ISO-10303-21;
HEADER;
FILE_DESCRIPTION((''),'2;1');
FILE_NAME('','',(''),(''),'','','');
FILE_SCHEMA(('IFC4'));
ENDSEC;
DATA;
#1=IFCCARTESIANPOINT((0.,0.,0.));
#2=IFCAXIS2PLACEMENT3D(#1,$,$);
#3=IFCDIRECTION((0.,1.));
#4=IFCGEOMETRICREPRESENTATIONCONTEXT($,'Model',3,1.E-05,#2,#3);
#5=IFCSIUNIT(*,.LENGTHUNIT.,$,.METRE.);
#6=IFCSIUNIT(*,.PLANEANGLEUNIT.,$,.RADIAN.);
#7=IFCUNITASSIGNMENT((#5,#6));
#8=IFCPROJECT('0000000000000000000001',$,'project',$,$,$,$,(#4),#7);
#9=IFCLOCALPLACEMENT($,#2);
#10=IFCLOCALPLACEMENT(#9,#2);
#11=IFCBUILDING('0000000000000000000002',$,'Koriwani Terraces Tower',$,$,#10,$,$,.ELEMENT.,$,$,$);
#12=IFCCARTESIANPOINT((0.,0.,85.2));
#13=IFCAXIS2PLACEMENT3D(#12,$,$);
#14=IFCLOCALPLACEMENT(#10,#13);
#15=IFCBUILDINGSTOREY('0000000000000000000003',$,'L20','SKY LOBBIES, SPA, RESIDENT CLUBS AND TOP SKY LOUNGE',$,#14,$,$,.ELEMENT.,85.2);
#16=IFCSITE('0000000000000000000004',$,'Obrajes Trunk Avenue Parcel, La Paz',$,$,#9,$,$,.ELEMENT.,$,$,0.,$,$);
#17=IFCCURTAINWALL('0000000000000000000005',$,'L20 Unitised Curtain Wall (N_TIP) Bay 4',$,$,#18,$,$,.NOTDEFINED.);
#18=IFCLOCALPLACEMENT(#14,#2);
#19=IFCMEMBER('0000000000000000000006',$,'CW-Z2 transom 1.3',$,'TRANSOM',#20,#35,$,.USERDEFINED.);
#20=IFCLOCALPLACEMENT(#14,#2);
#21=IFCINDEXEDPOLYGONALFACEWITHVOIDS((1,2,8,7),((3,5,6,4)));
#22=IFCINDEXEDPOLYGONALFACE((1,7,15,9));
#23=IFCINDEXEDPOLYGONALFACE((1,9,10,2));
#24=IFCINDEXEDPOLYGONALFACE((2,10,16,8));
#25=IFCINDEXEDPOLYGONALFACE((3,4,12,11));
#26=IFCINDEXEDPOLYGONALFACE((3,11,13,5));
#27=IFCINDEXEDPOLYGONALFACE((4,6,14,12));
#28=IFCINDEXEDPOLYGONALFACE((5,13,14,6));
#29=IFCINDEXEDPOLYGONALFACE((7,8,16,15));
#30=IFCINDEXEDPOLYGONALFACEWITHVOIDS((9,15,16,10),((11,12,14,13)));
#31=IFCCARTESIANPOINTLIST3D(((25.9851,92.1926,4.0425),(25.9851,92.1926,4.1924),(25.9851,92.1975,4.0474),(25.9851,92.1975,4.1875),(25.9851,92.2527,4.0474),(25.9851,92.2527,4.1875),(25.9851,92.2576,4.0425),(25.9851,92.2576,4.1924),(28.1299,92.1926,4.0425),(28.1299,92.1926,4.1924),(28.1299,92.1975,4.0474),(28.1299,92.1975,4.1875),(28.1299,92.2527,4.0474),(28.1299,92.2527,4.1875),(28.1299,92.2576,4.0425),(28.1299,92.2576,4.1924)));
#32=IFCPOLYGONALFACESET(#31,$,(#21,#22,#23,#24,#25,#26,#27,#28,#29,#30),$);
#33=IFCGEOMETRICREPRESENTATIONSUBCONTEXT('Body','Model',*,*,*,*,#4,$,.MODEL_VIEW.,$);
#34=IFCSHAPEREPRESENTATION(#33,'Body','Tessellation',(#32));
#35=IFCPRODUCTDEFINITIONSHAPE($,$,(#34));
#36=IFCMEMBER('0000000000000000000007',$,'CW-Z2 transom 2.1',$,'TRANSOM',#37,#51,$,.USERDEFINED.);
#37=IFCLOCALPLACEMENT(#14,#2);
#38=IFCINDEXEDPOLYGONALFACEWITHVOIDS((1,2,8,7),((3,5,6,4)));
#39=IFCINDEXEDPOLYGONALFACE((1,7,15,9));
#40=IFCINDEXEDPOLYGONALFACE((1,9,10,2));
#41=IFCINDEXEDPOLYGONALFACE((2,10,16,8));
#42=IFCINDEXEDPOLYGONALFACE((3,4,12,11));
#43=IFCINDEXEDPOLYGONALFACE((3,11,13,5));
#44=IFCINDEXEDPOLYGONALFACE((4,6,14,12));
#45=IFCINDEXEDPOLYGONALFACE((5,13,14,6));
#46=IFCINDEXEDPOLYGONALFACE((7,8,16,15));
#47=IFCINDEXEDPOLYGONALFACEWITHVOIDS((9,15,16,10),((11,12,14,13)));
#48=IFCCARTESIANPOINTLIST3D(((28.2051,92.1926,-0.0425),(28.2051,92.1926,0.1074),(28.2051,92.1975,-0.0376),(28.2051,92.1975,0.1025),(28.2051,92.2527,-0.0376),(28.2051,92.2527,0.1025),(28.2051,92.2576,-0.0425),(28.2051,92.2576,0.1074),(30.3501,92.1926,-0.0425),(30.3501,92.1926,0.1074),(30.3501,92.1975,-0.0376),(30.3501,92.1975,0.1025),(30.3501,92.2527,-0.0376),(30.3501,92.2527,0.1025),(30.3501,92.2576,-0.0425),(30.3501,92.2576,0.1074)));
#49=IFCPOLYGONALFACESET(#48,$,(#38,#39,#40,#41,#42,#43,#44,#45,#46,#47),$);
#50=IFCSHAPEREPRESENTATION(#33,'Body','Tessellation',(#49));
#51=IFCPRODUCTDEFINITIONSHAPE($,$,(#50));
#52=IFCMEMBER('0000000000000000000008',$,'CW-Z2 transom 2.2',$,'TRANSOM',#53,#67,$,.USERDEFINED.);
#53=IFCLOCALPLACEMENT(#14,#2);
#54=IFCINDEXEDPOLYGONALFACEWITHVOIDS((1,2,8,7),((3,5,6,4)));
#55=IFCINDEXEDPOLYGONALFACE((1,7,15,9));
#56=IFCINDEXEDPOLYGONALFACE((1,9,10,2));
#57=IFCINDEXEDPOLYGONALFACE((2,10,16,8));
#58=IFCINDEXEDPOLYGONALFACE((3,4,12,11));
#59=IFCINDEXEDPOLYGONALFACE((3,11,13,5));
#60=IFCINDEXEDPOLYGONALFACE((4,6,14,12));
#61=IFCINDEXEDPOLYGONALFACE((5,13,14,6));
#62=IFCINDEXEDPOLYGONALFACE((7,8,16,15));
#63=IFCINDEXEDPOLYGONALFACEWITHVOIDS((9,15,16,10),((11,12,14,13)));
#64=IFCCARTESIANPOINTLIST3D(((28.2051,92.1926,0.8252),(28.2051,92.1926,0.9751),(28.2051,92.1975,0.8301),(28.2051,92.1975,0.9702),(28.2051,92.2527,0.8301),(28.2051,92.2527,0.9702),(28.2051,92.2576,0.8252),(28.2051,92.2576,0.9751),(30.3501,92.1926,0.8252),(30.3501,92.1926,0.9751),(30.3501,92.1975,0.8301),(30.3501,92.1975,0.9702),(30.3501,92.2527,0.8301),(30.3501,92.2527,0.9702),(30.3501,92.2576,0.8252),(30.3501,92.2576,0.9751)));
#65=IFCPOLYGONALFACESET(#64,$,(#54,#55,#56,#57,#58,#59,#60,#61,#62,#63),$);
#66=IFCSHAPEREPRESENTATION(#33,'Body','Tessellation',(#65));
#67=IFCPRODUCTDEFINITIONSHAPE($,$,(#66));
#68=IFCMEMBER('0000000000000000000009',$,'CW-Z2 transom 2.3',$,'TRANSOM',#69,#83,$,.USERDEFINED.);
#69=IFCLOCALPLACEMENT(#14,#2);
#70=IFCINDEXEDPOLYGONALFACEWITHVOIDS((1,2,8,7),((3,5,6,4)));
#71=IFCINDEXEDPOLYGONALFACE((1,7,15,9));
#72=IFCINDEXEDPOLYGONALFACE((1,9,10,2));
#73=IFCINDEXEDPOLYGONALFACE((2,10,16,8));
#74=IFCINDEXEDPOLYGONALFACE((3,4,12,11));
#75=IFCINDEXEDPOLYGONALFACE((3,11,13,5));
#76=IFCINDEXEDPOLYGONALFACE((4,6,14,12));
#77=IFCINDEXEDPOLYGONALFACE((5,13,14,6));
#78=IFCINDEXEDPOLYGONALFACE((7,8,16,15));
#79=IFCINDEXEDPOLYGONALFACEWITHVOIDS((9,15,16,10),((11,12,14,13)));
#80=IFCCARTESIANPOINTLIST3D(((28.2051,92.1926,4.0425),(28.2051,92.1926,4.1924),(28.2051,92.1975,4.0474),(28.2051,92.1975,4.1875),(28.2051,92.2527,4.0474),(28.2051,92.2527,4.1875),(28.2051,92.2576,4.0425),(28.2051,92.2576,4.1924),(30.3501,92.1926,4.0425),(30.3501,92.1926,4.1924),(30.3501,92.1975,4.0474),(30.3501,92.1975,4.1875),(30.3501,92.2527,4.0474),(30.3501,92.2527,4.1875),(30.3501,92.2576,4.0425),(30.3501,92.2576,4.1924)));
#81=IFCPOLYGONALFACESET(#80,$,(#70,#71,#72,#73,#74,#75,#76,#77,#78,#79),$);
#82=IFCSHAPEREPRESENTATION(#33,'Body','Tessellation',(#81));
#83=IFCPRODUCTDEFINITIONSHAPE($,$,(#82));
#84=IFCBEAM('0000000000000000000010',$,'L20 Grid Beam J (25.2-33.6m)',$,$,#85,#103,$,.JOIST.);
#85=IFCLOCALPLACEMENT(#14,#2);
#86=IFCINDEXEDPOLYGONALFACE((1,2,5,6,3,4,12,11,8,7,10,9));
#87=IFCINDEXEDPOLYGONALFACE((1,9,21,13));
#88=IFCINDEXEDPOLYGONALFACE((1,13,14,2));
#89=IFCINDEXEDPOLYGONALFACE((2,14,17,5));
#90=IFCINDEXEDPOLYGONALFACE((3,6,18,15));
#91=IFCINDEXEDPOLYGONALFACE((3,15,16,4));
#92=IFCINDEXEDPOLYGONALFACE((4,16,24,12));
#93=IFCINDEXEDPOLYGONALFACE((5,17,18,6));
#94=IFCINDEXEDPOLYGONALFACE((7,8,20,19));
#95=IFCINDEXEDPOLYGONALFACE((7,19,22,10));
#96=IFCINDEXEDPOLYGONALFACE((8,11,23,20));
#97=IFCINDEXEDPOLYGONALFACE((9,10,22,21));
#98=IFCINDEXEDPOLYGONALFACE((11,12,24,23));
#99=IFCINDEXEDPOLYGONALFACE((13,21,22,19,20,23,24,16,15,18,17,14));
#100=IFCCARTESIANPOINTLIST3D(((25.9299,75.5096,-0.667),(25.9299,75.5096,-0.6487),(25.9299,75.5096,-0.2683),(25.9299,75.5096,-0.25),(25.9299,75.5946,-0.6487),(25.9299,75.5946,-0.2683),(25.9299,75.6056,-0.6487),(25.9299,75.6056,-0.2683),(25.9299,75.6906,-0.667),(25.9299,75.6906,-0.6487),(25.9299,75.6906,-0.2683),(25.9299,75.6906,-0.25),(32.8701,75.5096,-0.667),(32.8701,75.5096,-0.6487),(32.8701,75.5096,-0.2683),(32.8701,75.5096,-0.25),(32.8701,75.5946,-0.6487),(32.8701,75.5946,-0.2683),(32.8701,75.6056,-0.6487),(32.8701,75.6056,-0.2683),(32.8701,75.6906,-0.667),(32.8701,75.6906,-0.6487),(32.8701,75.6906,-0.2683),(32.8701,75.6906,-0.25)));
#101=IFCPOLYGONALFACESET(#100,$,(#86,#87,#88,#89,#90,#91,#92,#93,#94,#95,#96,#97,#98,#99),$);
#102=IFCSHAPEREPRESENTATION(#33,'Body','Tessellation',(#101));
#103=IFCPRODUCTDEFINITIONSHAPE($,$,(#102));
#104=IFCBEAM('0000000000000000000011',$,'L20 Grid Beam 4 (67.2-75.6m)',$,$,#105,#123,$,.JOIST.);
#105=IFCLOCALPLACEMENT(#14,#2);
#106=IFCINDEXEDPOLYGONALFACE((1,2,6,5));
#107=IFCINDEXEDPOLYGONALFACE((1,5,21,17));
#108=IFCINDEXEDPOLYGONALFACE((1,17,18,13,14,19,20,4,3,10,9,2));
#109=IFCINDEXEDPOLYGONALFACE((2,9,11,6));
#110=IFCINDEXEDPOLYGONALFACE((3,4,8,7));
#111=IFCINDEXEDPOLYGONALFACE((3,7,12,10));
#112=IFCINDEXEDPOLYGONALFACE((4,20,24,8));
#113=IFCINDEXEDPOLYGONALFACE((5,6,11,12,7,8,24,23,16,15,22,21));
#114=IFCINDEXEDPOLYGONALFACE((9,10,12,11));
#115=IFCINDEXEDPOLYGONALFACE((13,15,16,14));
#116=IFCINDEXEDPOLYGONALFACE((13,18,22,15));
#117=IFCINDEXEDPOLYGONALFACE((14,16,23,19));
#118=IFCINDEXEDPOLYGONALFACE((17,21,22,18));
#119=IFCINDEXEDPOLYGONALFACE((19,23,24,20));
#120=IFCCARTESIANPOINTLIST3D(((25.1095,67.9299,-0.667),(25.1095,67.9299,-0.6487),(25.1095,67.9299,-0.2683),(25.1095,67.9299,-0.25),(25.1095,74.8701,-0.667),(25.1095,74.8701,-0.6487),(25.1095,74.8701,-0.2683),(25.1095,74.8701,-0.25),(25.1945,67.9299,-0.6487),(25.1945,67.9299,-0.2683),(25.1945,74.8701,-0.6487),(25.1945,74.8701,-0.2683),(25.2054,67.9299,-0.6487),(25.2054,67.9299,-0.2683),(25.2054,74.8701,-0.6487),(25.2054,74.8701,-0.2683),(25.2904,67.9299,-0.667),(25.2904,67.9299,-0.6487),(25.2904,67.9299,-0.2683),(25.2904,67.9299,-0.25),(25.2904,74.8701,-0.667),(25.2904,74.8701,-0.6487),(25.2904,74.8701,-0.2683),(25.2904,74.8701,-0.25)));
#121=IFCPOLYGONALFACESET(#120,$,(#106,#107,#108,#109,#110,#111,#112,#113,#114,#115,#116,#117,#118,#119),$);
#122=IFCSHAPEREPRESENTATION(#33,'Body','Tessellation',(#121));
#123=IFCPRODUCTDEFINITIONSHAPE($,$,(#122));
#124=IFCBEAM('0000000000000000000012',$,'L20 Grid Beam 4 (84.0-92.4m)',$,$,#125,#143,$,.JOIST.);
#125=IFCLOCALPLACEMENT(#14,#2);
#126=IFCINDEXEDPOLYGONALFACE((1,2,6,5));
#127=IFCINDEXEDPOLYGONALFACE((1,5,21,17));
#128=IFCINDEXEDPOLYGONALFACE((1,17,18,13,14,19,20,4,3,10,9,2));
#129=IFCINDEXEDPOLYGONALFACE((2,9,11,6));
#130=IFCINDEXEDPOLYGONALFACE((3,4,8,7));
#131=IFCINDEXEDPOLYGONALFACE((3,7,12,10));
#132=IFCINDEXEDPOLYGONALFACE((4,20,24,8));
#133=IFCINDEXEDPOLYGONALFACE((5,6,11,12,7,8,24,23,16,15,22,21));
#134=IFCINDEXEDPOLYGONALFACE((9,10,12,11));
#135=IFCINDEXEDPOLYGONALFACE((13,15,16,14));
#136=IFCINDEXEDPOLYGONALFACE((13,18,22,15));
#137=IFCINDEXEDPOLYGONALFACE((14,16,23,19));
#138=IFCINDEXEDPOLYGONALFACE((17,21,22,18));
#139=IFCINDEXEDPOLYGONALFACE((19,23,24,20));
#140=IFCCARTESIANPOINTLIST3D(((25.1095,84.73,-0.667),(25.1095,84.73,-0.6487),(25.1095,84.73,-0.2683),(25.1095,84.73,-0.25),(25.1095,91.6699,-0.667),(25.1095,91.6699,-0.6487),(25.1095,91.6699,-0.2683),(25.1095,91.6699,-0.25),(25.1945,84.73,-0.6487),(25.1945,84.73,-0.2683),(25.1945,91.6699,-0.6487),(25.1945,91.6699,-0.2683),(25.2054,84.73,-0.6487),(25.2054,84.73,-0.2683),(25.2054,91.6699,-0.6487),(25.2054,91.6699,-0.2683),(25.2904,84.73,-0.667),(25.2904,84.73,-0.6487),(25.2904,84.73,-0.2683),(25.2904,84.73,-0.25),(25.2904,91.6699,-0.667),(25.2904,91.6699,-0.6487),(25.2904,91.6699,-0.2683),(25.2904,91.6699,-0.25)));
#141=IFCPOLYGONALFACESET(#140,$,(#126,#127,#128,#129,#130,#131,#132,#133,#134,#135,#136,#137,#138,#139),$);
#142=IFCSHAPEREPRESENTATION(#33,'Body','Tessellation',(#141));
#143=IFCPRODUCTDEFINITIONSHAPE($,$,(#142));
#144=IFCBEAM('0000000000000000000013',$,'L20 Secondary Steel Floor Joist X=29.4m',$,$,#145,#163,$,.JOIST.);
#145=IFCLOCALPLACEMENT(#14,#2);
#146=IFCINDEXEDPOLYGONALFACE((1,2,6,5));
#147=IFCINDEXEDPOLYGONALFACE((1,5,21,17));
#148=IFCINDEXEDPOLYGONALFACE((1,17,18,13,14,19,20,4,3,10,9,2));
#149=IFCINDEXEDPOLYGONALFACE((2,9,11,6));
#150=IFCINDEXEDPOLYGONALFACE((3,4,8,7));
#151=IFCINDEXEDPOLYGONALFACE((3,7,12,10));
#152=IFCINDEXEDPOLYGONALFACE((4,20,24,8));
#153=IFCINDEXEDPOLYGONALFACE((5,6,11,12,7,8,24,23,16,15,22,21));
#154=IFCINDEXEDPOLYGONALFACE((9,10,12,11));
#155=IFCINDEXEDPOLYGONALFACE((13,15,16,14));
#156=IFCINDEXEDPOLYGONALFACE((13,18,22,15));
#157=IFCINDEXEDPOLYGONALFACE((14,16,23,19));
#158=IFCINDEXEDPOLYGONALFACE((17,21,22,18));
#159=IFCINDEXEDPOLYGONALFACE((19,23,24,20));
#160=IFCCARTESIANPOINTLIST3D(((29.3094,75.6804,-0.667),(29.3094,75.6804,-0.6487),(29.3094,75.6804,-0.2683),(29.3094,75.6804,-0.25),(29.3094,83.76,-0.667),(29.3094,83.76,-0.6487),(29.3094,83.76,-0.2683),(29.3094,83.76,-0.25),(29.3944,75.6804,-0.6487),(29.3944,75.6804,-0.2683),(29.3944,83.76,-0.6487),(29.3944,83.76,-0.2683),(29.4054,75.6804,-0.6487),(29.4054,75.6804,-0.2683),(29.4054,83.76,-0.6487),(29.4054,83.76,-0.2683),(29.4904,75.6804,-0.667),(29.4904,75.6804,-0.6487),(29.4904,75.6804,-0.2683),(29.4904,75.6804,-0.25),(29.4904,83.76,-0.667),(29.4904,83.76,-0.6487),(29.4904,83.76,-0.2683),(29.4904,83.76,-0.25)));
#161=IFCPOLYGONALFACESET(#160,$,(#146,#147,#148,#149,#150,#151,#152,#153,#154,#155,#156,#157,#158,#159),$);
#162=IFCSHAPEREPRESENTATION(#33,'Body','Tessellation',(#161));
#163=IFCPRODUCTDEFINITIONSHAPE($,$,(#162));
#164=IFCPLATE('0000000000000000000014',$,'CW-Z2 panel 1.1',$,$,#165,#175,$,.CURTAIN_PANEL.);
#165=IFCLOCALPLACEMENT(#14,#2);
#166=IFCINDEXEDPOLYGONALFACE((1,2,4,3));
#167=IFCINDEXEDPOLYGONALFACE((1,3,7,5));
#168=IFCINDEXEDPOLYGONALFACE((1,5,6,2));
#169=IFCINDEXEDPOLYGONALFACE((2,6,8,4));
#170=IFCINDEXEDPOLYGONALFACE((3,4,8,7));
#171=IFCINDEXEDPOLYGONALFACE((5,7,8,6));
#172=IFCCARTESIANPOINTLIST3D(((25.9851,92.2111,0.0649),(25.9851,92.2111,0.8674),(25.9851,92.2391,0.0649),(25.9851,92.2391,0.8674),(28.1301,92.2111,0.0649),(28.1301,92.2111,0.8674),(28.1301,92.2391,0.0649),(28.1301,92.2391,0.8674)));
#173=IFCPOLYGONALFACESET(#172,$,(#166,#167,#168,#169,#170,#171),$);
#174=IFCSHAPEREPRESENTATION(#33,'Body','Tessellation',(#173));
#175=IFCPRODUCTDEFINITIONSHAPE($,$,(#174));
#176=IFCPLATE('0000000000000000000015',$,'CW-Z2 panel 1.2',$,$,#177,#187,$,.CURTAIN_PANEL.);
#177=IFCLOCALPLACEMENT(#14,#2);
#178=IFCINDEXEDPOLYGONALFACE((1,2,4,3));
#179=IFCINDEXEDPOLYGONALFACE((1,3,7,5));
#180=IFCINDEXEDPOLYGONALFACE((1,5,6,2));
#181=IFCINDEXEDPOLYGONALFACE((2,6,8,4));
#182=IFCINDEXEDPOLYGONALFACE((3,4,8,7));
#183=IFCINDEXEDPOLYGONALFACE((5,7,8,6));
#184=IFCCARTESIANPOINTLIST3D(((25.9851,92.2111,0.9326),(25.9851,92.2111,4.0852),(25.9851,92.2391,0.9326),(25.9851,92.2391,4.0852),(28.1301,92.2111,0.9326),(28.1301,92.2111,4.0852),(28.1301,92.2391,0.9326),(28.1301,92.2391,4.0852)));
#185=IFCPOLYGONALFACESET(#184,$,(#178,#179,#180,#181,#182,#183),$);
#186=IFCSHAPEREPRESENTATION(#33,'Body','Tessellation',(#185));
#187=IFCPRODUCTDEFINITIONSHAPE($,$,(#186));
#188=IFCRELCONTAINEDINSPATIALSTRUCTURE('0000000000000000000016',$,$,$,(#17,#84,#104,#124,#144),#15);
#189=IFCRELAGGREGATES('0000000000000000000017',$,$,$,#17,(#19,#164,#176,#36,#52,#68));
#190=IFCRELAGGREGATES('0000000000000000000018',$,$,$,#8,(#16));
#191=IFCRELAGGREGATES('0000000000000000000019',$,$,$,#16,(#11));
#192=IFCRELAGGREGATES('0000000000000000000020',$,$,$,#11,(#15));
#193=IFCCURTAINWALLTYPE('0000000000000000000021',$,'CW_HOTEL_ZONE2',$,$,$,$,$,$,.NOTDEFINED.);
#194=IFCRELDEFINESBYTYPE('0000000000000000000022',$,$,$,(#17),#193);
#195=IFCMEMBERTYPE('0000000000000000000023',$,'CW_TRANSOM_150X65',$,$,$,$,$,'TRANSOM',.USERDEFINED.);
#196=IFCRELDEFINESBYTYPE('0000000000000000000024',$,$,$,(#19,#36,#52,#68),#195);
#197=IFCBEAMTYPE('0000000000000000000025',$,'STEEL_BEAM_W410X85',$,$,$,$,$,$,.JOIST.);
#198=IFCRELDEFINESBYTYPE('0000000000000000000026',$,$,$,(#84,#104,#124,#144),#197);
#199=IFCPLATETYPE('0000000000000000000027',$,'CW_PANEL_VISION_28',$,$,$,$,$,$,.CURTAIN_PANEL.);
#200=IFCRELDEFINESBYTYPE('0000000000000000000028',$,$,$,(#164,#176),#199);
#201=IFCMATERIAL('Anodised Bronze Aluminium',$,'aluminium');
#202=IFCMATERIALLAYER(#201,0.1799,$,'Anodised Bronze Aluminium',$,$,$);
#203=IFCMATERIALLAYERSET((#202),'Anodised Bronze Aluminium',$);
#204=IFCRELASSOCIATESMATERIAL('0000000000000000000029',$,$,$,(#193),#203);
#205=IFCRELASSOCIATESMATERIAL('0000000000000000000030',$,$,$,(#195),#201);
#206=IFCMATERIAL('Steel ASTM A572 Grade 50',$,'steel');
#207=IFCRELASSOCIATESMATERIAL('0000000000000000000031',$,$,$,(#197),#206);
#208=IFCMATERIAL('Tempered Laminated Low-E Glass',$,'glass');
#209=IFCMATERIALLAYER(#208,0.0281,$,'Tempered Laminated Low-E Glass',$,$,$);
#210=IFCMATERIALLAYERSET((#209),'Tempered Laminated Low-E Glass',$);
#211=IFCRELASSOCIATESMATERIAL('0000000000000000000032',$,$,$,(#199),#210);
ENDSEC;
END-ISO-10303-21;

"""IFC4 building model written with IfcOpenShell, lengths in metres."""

from ifc_helpers import new_model, si_unit, direction, frame, origin, origin_2d, place, context, subcontext, project, spatial, rectangle, hollow_rectangle, i_section, extrude, material, layer, layer_set, material_profile, profile_set, type_object, element, aggregate, save


model = new_model("IFC4")

# Units and contexts
model_context = context("Model", 3, precision=1e-05, world=origin(), true_north=direction((0.0, 1.0)))
body_context = subcontext(model_context, "Body", "Model", "MODEL_VIEW")
ifc_project = project(units=[si_unit("LENGTHUNIT", "METRE"), si_unit("PLANEANGLEUNIT", "RADIAN")], contexts=[model_context])

# Site, building, storey
site_placement = place(None, origin())
site = spatial("IfcSite", under=ifc_project, at=site_placement, Name="Obrajes Trunk Avenue Parcel, La Paz", CompositionType="ELEMENT", RefElevation=0.0)
building_placement = place(site_placement, origin())
building = spatial("IfcBuilding", under=site, at=building_placement, Name="Koriwani Terraces Tower", CompositionType="ELEMENT")
storey_placement = place(building_placement, frame((0.0, 0.0, 85.2)))
storey = spatial("IfcBuildingStorey", under=building, at=storey_placement, Name="L20", Description="SKY LOBBIES, SPA, RESIDENT CLUBS AND TOP SKY LOUNGE", CompositionType="ELEMENT", Elevation=85.2)

# Curtain wall, members
ifc_material_1 = material(Name="Anodised Bronze Aluminium", Category="aluminium")
ifc_layer_1 = layer(ifc_material_1, 0.1799, Name="Anodised Bronze Aluminium")
ifc_layer_set_1 = layer_set([ifc_layer_1], Name="Anodised Bronze Aluminium")
curtain_wall_type = type_object("IfcCurtainWallType", Name="CW_HOTEL_ZONE2", PredefinedType="NOTDEFINED", material=ifc_layer_set_1)
curtain_wall_placement = place(storey_placement, origin())
curtain_wall = element("IfcCurtainWall", 1, at=curtain_wall_placement, inside=storey, type_object=curtain_wall_type, Name="L20 Unitised Curtain Wall (N_TIP) Bay 4", PredefinedType="NOTDEFINED")
ifc_material_profile_1 = material_profile(ifc_material_1, hollow_rectangle(XDim=0.0649, YDim=0.1499, WallThickness=0.0049, at=origin_2d()), Name="Anodised Bronze Aluminium", Category="LoadBearing")
ifc_profile_set_1 = profile_set([ifc_material_profile_1], Name="Anodised Bronze Aluminium")
member_type_1 = type_object("IfcMemberType", Name="CW_TRANSOM_150X65", ElementType="TRANSOM", PredefinedType="USERDEFINED", material=ifc_profile_set_1)
member_1_placement = place(storey_placement, frame((25.9851, 92.2251, 4.1174), z_axis=(1.0, 0.0, 0.0), x_axis=(0.0, 1.0, 0.0)))
member_1 = element("IfcMember", 2, at=member_1_placement, type_object=member_type_1, Name="CW-Z2 transom 1.3", ObjectType="TRANSOM", PredefinedType="USERDEFINED", context=body_context, shape_type="SweptSolid", body=[
    extrude(hollow_rectangle(XDim=0.0649, YDim=0.1499, WallThickness=0.0049, at=origin_2d()), origin(), (0.0, 0.0, 1.0), 2.1448),
])
member_2_placement = place(storey_placement, frame((28.2051, 92.2251, 0.0325), z_axis=(1.0, 0.0, 0.0), x_axis=(0.0, 1.0, 0.0)))
member_2 = element("IfcMember", 3, at=member_2_placement, type_object=member_type_1, Name="CW-Z2 transom 2.1", ObjectType="TRANSOM", PredefinedType="USERDEFINED", context=body_context, shape_type="SweptSolid", body=[
    extrude(hollow_rectangle(XDim=0.0649, YDim=0.1499, WallThickness=0.0049, at=origin_2d()), origin(), (0.0, 0.0, 1.0), 2.145),
])
member_3_placement = place(storey_placement, frame((28.2051, 92.2251, 0.9001), z_axis=(1.0, 0.0, 0.0), x_axis=(0.0, 1.0, 0.0)))
member_3 = element("IfcMember", 4, at=member_3_placement, type_object=member_type_1, Name="CW-Z2 transom 2.2", ObjectType="TRANSOM", PredefinedType="USERDEFINED", context=body_context, shape_type="SweptSolid", body=[
    extrude(hollow_rectangle(XDim=0.0649, YDim=0.1499, WallThickness=0.0049, at=origin_2d()), origin(), (0.0, 0.0, 1.0), 2.145),
])
member_4_placement = place(storey_placement, frame((28.2051, 92.2251, 4.1174), z_axis=(1.0, 0.0, 0.0), x_axis=(0.0, 1.0, 0.0)))
member_4 = element("IfcMember", 5, at=member_4_placement, type_object=member_type_1, Name="CW-Z2 transom 2.3", ObjectType="TRANSOM", PredefinedType="USERDEFINED", context=body_context, shape_type="SweptSolid", body=[
    extrude(hollow_rectangle(XDim=0.0649, YDim=0.1499, WallThickness=0.0049, at=origin_2d()), origin(), (0.0, 0.0, 1.0), 2.145),
])

# Beams
ifc_material_2 = material(Name="Steel ASTM A572 Grade 50", Category="steel")
ifc_material_profile_2 = material_profile(ifc_material_2, i_section(OverallWidth=0.1809, OverallDepth=0.417, WebThickness=0.011, FlangeThickness=0.0183, at=origin_2d()), Name="Steel ASTM A572 Grade 50", Category="LoadBearing")
ifc_profile_set_2 = profile_set([ifc_material_profile_2], Name="Steel ASTM A572 Grade 50")
beam_type_1 = type_object("IfcBeamType", Name="STEEL_BEAM_W410X85", PredefinedType="JOIST", material=ifc_profile_set_2)
for number, where, z_axis, x_axis, name in (
    (6, (25.9299, 75.6001, -0.4585), (1.0, 0.0, 0.0), (0.0, 1.0, 0.0), "L20 Grid Beam J (25.2-33.6m)"),
    (7, (25.2, 67.9299, -0.4585), (0.0, 1.0, 0.0), (-1.0, 0.0, 0.0), "L20 Grid Beam 4 (67.2-75.6m)"),
):
    element("IfcBeam", number, at=place(storey_placement, frame(where, z_axis=z_axis, x_axis=x_axis)), inside=storey, type_object=beam_type_1, Name=name, PredefinedType="JOIST", context=body_context, shape_type="SweptSolid", body=[
        extrude(i_section(OverallWidth=0.1809, OverallDepth=0.417, WebThickness=0.011, FlangeThickness=0.0183, at=origin_2d()), origin(), (0.0, 0.0, 1.0), 6.9402),
    ])
beam_1_placement = place(storey_placement, frame((25.2, 84.73, -0.4585), z_axis=(0.0, 1.0, 0.0), x_axis=(-1.0, 0.0, 0.0)))
element("IfcBeam", 8, at=beam_1_placement, inside=storey, type_object=beam_type_1, Name="L20 Grid Beam 4 (84.0-92.4m)", PredefinedType="JOIST", context=body_context, shape_type="SweptSolid", body=[
    extrude(i_section(OverallWidth=0.1809, OverallDepth=0.417, WebThickness=0.011, FlangeThickness=0.0183, at=origin_2d()), origin(), (0.0, 0.0, 1.0), 6.9399),
])
beam_2_placement = place(storey_placement, frame((29.3999, 75.6804, -0.4585), z_axis=(0.0, 1.0, 0.0), x_axis=(-1.0, 0.0, 0.0)))
element("IfcBeam", 9, at=beam_2_placement, inside=storey, type_object=beam_type_1, Name="L20 Secondary Steel Floor Joist X=29.4m", PredefinedType="JOIST", context=body_context, shape_type="SweptSolid", body=[
    extrude(i_section(OverallWidth=0.1809, OverallDepth=0.417, WebThickness=0.011, FlangeThickness=0.0183, at=origin_2d()), origin(), (0.0, 0.0, 1.0), 8.0796),
])

# Plates
ifc_material_3 = material(Name="Tempered Laminated Low-E Glass", Category="glass")
ifc_layer_2 = layer(ifc_material_3, 0.0281, Name="Tempered Laminated Low-E Glass")
ifc_layer_set_2 = layer_set([ifc_layer_2], Name="Tempered Laminated Low-E Glass")
plate_type = type_object("IfcPlateType", Name="CW_PANEL_VISION_28", PredefinedType="CURTAIN_PANEL", material=ifc_layer_set_2)
plate_1_placement = place(storey_placement, frame((27.0576, 92.2251, 0.0649), z_axis=(0.0, 0.0, 1.0), x_axis=(1.0, 0.0, 0.0)))
plate_1 = element("IfcPlate", 10, at=plate_1_placement, type_object=plate_type, Name="CW-Z2 panel 1.1", PredefinedType="CURTAIN_PANEL", context=body_context, shape_type="SweptSolid", body=[
    extrude(rectangle(XDim=2.145, YDim=0.0281, at=origin_2d()), origin(), (0.0, 0.0, 1.0), 0.8025),
])
plate_2_placement = place(storey_placement, frame((27.0576, 92.2251, 0.9326), z_axis=(0.0, 0.0, 1.0), x_axis=(1.0, 0.0, 0.0)))
plate_2 = element("IfcPlate", 11, at=plate_2_placement, type_object=plate_type, Name="CW-Z2 panel 1.2", PredefinedType="CURTAIN_PANEL", context=body_context, shape_type="SweptSolid", body=[
    extrude(rectangle(XDim=2.145, YDim=0.0281, at=origin_2d()), origin(), (0.0, 0.0, 1.0), 3.1526),
])
aggregate(curtain_wall, [member_1, plate_1, plate_2, member_2, member_3, member_4])

save(model, "model.ifc")
